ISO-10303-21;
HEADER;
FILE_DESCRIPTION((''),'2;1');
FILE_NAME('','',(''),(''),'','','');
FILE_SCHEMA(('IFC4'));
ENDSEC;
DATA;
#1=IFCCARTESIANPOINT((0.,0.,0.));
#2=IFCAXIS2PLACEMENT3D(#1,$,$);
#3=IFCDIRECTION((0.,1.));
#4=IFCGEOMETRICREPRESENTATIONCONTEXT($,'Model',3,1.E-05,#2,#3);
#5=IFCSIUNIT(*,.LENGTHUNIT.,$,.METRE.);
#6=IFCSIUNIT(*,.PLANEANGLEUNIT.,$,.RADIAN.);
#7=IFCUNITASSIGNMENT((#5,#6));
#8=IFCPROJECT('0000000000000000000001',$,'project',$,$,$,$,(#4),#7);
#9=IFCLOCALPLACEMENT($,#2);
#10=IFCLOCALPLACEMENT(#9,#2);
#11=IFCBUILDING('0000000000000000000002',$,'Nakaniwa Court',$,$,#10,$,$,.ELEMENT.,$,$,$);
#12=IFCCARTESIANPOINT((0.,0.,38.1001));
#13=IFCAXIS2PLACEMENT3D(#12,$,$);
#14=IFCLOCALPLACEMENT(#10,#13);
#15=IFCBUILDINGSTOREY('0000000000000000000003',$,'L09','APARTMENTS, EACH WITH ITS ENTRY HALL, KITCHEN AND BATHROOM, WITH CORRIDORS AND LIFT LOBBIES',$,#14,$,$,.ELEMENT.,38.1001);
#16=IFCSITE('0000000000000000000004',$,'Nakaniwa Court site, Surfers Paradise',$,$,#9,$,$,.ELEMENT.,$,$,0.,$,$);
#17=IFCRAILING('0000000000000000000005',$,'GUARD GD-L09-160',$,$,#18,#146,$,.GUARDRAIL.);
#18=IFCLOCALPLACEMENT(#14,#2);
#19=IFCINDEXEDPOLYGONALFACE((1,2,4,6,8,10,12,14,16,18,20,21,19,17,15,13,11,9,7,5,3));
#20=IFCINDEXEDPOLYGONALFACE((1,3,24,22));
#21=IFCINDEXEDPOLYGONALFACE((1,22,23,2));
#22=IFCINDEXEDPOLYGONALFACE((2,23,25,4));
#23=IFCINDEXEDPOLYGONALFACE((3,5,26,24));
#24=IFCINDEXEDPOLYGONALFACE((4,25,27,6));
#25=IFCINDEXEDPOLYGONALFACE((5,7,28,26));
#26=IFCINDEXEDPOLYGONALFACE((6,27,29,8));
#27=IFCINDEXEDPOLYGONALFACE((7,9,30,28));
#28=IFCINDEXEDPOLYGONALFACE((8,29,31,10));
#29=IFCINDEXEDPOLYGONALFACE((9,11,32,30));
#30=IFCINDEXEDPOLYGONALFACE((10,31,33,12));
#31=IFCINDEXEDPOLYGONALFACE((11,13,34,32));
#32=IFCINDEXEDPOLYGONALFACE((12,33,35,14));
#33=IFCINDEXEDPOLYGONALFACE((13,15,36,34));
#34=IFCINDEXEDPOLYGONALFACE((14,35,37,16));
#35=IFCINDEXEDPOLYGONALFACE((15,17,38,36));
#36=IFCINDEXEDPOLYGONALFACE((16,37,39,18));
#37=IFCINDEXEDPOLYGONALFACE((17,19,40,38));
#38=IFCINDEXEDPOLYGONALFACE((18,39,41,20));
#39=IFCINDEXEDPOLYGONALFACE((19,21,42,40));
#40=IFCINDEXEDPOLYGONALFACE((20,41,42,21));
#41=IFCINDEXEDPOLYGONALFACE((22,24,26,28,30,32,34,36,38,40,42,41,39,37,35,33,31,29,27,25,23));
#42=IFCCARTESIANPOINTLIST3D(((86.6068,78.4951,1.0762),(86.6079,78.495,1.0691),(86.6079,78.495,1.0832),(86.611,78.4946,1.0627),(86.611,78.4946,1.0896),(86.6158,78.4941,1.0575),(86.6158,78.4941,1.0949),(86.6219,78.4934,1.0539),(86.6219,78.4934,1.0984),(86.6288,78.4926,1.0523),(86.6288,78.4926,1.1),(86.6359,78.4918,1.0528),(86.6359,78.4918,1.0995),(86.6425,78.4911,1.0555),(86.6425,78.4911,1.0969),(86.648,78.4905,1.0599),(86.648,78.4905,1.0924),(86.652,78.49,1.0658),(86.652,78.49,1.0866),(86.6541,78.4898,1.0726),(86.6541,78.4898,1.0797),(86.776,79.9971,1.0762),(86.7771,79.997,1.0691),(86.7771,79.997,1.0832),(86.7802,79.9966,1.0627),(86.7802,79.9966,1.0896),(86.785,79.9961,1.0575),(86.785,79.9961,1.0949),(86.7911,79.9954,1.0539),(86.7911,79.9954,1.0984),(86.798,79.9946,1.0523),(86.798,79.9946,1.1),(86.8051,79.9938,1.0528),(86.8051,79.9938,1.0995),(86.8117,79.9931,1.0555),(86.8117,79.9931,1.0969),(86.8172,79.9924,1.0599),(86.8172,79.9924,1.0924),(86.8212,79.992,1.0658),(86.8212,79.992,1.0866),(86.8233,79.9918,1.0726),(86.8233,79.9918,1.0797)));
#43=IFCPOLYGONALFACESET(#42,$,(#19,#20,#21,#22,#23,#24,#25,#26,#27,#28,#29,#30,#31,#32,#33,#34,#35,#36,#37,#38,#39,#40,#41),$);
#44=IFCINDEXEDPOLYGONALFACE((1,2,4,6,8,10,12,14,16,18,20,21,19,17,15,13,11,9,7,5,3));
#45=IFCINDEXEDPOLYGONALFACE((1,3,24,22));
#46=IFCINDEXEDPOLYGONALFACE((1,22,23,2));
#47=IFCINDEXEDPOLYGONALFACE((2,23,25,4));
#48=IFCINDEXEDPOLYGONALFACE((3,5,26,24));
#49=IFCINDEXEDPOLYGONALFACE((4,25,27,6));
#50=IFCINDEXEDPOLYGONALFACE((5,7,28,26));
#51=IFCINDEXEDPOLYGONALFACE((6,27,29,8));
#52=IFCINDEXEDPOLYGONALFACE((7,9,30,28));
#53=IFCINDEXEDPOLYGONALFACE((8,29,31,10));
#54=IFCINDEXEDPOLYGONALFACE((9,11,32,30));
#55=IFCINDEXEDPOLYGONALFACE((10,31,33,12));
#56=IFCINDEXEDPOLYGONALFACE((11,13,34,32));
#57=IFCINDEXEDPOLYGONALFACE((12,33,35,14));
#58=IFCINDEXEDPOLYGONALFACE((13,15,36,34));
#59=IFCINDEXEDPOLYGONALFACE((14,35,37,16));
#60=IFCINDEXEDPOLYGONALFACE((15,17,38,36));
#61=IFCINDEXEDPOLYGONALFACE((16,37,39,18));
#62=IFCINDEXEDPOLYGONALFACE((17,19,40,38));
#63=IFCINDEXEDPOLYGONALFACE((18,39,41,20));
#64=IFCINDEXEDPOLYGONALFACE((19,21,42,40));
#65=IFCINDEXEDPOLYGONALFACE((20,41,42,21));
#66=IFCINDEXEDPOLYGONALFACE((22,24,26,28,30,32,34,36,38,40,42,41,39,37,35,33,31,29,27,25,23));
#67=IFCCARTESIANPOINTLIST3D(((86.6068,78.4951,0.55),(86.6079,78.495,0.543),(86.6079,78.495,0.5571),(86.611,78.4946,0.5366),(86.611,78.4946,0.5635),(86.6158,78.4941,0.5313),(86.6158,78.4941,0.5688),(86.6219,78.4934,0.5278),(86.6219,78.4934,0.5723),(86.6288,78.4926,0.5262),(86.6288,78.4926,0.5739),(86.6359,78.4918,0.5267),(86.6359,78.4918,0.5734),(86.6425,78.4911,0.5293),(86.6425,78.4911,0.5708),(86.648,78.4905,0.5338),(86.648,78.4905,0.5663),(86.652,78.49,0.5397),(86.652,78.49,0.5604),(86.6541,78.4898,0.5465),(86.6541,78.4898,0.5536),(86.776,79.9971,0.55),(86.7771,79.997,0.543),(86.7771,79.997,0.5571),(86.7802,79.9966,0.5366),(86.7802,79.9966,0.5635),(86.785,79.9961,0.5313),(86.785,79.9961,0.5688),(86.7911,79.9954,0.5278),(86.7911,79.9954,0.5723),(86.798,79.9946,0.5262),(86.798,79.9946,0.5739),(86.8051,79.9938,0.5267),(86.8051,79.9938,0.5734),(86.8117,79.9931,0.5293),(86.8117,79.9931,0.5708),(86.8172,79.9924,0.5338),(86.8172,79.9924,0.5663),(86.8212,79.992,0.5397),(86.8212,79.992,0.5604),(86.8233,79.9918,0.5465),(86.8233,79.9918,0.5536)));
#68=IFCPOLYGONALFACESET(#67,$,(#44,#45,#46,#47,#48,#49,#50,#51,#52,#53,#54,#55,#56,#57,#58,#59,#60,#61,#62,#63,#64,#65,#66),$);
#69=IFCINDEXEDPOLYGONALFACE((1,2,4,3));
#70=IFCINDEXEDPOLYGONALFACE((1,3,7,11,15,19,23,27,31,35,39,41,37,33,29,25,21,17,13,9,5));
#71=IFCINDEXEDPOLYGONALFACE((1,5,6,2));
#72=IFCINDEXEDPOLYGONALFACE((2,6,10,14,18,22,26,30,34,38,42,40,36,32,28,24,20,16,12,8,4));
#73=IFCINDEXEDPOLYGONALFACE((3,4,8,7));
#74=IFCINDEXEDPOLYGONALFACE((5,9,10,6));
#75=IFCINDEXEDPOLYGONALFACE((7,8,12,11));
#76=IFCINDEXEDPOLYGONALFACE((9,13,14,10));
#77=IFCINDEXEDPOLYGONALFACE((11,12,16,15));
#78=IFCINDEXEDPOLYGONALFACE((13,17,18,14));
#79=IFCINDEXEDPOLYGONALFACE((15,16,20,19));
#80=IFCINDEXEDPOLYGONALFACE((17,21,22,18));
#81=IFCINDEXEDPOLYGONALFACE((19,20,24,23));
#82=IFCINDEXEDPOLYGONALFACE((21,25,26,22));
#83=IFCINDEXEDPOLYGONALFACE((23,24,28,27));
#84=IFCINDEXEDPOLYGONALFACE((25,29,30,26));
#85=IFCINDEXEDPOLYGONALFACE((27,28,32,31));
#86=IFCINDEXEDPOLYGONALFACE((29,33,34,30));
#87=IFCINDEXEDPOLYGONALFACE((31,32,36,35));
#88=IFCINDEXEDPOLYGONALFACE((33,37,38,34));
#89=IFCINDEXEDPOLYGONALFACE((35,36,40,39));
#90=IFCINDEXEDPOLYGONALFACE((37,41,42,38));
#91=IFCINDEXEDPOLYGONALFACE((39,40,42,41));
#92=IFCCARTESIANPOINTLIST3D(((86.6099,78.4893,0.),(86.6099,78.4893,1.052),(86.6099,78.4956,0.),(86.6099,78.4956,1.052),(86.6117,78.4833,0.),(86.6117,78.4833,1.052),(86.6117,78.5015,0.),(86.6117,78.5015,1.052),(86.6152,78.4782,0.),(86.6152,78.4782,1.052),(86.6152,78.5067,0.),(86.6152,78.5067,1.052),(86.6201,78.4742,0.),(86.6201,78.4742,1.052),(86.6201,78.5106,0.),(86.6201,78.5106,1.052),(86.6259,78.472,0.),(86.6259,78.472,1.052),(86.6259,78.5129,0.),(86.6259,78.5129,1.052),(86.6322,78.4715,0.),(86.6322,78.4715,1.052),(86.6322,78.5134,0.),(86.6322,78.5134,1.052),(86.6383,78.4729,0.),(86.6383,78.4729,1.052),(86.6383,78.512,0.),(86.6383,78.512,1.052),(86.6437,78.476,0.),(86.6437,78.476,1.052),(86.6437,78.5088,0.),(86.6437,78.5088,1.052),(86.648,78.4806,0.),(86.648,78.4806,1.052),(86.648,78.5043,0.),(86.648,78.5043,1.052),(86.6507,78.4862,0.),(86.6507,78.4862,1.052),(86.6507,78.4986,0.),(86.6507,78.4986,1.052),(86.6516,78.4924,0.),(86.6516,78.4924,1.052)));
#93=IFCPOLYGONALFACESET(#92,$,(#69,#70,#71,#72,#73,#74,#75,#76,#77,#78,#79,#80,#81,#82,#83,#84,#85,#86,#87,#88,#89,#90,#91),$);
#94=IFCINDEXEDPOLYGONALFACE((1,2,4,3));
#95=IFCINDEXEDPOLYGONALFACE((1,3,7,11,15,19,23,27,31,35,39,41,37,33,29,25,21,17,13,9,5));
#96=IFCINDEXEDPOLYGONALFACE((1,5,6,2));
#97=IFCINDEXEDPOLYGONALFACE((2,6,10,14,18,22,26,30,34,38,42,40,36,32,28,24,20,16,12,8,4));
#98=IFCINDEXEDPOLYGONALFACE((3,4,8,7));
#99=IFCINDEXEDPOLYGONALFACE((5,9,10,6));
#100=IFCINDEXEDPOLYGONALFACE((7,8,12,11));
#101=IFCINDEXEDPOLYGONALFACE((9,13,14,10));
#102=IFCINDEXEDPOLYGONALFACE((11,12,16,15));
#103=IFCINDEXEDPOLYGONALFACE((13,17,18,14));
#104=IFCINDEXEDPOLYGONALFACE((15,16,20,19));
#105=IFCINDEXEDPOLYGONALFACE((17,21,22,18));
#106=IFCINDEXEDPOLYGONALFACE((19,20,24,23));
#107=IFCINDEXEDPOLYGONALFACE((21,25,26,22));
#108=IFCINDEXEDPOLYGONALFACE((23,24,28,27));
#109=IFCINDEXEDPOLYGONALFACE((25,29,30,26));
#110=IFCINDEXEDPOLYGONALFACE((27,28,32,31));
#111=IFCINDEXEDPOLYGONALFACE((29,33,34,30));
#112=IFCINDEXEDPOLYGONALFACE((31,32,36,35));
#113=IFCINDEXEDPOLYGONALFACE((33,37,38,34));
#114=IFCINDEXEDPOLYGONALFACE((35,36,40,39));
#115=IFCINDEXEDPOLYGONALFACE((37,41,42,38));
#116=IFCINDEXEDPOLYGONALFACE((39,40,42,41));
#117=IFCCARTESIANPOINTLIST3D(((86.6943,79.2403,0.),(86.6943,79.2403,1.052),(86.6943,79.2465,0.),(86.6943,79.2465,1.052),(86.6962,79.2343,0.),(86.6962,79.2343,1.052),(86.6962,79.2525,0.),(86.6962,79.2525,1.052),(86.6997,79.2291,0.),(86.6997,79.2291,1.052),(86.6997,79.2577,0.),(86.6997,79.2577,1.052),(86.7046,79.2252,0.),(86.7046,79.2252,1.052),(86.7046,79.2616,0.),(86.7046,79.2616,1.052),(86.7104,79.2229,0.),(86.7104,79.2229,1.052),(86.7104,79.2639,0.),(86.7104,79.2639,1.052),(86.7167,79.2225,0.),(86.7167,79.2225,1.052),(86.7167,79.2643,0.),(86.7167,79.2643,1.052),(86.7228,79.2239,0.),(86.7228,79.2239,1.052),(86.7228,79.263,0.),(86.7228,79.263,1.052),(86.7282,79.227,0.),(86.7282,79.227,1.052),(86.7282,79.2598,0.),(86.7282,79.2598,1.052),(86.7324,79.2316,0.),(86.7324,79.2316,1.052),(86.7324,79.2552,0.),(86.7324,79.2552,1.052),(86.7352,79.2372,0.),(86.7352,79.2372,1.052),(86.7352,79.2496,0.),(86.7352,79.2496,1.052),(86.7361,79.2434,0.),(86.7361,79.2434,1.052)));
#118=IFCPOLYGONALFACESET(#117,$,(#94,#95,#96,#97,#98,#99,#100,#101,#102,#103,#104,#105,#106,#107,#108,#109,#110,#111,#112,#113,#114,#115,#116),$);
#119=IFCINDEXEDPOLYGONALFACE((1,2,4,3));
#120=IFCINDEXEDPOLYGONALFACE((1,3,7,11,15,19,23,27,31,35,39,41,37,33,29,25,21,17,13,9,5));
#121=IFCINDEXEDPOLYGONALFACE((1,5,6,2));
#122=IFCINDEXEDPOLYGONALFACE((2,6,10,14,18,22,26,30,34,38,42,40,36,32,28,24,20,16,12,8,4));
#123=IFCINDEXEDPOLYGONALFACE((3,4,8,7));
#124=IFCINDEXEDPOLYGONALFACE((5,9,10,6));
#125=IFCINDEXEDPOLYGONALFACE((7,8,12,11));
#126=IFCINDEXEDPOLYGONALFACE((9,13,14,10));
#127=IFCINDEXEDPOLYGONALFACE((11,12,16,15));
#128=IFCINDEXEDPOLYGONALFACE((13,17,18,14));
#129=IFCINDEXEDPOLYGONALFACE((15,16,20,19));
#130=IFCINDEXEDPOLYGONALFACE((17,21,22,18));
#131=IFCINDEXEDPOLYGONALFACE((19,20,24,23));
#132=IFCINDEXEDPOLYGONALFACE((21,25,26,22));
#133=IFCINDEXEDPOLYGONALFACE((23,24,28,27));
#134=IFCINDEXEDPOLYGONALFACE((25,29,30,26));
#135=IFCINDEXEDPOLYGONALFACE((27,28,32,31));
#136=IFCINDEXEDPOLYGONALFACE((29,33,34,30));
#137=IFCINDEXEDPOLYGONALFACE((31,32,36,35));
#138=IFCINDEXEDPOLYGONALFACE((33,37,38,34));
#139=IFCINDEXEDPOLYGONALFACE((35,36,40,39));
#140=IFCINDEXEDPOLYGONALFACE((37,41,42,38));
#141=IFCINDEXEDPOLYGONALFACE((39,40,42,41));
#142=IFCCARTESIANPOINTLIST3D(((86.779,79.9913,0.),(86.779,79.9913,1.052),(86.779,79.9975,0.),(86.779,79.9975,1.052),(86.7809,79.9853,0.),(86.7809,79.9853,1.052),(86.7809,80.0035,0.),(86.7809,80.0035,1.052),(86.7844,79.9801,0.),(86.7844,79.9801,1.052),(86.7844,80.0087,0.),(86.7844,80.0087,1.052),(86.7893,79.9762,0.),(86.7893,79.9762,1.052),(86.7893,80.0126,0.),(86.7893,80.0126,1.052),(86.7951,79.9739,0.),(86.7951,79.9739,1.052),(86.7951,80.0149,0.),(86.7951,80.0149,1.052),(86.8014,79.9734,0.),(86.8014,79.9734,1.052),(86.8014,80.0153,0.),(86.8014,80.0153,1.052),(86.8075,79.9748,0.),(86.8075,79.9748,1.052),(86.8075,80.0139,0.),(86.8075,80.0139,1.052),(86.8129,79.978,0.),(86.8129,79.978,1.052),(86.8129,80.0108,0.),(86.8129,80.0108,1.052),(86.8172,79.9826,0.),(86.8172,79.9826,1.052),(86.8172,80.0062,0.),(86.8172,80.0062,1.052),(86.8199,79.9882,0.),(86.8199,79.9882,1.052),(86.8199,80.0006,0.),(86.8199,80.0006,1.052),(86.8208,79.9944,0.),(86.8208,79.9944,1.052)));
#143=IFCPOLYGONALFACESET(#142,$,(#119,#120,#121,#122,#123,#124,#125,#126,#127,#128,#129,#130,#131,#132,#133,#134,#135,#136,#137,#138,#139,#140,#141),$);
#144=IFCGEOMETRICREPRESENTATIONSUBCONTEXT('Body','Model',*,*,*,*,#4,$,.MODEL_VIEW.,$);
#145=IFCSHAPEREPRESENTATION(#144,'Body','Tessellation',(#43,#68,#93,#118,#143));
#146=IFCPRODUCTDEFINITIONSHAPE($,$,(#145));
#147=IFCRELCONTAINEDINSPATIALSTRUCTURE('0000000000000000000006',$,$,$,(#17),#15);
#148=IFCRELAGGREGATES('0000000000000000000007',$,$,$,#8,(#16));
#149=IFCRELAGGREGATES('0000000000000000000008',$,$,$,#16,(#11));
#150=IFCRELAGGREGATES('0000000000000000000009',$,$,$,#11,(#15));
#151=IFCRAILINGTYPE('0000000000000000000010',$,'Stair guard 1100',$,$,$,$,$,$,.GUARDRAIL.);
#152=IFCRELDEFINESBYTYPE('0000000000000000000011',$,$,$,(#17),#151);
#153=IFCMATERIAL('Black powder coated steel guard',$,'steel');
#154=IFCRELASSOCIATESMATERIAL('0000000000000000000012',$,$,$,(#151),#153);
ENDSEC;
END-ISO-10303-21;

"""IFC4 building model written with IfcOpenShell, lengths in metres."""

from ifc_helpers import new_model, si_unit, direction, frame, origin, origin_2d, place, context, subcontext, project, spatial, circle, extrude, material, type_object, element, save


model = new_model("IFC4")

# Units and contexts
model_context = context("Model", 3, precision=1e-05, world=origin(), true_north=direction((0.0, 1.0)))
body_context = subcontext(model_context, "Body", "Model", "MODEL_VIEW")
ifc_project = project(units=[si_unit("LENGTHUNIT", "METRE"), si_unit("PLANEANGLEUNIT", "RADIAN")], contexts=[model_context])

# Site, building, storey
site_placement = place(None, origin())
site = spatial("IfcSite", under=ifc_project, at=site_placement, Name="Nakaniwa Court site, Surfers Paradise", CompositionType="ELEMENT", RefElevation=0.0)
building_placement = place(site_placement, origin())
building = spatial("IfcBuilding", under=site, at=building_placement, Name="Nakaniwa Court", CompositionType="ELEMENT")
storey_placement = place(building_placement, frame((0.0, 0.0, 38.1001)))
storey = spatial("IfcBuildingStorey", under=building, at=storey_placement, Name="L09", Description="APARTMENTS, EACH WITH ITS ENTRY HALL, KITCHEN AND BATHROOM, WITH CORRIDORS AND LIFT LOBBIES", CompositionType="ELEMENT", Elevation=38.1001)

# Railing
ifc_material_1 = material(Name="Black powder coated steel guard", Category="steel")
railing_type = type_object("IfcRailingType", Name="Stair guard 1100", PredefinedType="GUARDRAIL", material=ifc_material_1)
railing_1_placement = place(storey_placement, frame((86.6306, 78.4924, 0.0)))
element("IfcRailing", 1, at=railing_1_placement, inside=storey, type_object=railing_type, Name="GUARD GD-L09-160", PredefinedType="GUARDRAIL", context=body_context, shape_type="SweptSolid", body=[
    extrude(circle(Radius=0.0239, at=origin_2d()), frame((0.0, 0.0, 1.0762), z_axis=(0.111938, 0.993715, 0.0), x_axis=(-0.993715, 0.111938, 0.0)), (0.0, 0.0, 1.0), 1.5115),
    extrude(circle(Radius=0.0239, at=origin_2d()), frame((0.0, 0.0, 0.55), z_axis=(0.111938, 0.993715, 0.0), x_axis=(-0.993715, 0.111938, 0.0)), (0.0, 0.0, 1.0), 1.5115),
    extrude(circle(Radius=0.021, at=origin_2d()), origin(), (0.0, 0.0, 1.0), 1.052),
    extrude(circle(Radius=0.021, at=origin_2d()), frame((0.0845, 0.751, 0.0)), (0.0, 0.0, 1.0), 1.052),
    extrude(circle(Radius=0.021, at=origin_2d()), frame((0.1692, 1.502, 0.0)), (0.0, 0.0, 1.0), 1.052),
])

save(model, "model.ifc")
